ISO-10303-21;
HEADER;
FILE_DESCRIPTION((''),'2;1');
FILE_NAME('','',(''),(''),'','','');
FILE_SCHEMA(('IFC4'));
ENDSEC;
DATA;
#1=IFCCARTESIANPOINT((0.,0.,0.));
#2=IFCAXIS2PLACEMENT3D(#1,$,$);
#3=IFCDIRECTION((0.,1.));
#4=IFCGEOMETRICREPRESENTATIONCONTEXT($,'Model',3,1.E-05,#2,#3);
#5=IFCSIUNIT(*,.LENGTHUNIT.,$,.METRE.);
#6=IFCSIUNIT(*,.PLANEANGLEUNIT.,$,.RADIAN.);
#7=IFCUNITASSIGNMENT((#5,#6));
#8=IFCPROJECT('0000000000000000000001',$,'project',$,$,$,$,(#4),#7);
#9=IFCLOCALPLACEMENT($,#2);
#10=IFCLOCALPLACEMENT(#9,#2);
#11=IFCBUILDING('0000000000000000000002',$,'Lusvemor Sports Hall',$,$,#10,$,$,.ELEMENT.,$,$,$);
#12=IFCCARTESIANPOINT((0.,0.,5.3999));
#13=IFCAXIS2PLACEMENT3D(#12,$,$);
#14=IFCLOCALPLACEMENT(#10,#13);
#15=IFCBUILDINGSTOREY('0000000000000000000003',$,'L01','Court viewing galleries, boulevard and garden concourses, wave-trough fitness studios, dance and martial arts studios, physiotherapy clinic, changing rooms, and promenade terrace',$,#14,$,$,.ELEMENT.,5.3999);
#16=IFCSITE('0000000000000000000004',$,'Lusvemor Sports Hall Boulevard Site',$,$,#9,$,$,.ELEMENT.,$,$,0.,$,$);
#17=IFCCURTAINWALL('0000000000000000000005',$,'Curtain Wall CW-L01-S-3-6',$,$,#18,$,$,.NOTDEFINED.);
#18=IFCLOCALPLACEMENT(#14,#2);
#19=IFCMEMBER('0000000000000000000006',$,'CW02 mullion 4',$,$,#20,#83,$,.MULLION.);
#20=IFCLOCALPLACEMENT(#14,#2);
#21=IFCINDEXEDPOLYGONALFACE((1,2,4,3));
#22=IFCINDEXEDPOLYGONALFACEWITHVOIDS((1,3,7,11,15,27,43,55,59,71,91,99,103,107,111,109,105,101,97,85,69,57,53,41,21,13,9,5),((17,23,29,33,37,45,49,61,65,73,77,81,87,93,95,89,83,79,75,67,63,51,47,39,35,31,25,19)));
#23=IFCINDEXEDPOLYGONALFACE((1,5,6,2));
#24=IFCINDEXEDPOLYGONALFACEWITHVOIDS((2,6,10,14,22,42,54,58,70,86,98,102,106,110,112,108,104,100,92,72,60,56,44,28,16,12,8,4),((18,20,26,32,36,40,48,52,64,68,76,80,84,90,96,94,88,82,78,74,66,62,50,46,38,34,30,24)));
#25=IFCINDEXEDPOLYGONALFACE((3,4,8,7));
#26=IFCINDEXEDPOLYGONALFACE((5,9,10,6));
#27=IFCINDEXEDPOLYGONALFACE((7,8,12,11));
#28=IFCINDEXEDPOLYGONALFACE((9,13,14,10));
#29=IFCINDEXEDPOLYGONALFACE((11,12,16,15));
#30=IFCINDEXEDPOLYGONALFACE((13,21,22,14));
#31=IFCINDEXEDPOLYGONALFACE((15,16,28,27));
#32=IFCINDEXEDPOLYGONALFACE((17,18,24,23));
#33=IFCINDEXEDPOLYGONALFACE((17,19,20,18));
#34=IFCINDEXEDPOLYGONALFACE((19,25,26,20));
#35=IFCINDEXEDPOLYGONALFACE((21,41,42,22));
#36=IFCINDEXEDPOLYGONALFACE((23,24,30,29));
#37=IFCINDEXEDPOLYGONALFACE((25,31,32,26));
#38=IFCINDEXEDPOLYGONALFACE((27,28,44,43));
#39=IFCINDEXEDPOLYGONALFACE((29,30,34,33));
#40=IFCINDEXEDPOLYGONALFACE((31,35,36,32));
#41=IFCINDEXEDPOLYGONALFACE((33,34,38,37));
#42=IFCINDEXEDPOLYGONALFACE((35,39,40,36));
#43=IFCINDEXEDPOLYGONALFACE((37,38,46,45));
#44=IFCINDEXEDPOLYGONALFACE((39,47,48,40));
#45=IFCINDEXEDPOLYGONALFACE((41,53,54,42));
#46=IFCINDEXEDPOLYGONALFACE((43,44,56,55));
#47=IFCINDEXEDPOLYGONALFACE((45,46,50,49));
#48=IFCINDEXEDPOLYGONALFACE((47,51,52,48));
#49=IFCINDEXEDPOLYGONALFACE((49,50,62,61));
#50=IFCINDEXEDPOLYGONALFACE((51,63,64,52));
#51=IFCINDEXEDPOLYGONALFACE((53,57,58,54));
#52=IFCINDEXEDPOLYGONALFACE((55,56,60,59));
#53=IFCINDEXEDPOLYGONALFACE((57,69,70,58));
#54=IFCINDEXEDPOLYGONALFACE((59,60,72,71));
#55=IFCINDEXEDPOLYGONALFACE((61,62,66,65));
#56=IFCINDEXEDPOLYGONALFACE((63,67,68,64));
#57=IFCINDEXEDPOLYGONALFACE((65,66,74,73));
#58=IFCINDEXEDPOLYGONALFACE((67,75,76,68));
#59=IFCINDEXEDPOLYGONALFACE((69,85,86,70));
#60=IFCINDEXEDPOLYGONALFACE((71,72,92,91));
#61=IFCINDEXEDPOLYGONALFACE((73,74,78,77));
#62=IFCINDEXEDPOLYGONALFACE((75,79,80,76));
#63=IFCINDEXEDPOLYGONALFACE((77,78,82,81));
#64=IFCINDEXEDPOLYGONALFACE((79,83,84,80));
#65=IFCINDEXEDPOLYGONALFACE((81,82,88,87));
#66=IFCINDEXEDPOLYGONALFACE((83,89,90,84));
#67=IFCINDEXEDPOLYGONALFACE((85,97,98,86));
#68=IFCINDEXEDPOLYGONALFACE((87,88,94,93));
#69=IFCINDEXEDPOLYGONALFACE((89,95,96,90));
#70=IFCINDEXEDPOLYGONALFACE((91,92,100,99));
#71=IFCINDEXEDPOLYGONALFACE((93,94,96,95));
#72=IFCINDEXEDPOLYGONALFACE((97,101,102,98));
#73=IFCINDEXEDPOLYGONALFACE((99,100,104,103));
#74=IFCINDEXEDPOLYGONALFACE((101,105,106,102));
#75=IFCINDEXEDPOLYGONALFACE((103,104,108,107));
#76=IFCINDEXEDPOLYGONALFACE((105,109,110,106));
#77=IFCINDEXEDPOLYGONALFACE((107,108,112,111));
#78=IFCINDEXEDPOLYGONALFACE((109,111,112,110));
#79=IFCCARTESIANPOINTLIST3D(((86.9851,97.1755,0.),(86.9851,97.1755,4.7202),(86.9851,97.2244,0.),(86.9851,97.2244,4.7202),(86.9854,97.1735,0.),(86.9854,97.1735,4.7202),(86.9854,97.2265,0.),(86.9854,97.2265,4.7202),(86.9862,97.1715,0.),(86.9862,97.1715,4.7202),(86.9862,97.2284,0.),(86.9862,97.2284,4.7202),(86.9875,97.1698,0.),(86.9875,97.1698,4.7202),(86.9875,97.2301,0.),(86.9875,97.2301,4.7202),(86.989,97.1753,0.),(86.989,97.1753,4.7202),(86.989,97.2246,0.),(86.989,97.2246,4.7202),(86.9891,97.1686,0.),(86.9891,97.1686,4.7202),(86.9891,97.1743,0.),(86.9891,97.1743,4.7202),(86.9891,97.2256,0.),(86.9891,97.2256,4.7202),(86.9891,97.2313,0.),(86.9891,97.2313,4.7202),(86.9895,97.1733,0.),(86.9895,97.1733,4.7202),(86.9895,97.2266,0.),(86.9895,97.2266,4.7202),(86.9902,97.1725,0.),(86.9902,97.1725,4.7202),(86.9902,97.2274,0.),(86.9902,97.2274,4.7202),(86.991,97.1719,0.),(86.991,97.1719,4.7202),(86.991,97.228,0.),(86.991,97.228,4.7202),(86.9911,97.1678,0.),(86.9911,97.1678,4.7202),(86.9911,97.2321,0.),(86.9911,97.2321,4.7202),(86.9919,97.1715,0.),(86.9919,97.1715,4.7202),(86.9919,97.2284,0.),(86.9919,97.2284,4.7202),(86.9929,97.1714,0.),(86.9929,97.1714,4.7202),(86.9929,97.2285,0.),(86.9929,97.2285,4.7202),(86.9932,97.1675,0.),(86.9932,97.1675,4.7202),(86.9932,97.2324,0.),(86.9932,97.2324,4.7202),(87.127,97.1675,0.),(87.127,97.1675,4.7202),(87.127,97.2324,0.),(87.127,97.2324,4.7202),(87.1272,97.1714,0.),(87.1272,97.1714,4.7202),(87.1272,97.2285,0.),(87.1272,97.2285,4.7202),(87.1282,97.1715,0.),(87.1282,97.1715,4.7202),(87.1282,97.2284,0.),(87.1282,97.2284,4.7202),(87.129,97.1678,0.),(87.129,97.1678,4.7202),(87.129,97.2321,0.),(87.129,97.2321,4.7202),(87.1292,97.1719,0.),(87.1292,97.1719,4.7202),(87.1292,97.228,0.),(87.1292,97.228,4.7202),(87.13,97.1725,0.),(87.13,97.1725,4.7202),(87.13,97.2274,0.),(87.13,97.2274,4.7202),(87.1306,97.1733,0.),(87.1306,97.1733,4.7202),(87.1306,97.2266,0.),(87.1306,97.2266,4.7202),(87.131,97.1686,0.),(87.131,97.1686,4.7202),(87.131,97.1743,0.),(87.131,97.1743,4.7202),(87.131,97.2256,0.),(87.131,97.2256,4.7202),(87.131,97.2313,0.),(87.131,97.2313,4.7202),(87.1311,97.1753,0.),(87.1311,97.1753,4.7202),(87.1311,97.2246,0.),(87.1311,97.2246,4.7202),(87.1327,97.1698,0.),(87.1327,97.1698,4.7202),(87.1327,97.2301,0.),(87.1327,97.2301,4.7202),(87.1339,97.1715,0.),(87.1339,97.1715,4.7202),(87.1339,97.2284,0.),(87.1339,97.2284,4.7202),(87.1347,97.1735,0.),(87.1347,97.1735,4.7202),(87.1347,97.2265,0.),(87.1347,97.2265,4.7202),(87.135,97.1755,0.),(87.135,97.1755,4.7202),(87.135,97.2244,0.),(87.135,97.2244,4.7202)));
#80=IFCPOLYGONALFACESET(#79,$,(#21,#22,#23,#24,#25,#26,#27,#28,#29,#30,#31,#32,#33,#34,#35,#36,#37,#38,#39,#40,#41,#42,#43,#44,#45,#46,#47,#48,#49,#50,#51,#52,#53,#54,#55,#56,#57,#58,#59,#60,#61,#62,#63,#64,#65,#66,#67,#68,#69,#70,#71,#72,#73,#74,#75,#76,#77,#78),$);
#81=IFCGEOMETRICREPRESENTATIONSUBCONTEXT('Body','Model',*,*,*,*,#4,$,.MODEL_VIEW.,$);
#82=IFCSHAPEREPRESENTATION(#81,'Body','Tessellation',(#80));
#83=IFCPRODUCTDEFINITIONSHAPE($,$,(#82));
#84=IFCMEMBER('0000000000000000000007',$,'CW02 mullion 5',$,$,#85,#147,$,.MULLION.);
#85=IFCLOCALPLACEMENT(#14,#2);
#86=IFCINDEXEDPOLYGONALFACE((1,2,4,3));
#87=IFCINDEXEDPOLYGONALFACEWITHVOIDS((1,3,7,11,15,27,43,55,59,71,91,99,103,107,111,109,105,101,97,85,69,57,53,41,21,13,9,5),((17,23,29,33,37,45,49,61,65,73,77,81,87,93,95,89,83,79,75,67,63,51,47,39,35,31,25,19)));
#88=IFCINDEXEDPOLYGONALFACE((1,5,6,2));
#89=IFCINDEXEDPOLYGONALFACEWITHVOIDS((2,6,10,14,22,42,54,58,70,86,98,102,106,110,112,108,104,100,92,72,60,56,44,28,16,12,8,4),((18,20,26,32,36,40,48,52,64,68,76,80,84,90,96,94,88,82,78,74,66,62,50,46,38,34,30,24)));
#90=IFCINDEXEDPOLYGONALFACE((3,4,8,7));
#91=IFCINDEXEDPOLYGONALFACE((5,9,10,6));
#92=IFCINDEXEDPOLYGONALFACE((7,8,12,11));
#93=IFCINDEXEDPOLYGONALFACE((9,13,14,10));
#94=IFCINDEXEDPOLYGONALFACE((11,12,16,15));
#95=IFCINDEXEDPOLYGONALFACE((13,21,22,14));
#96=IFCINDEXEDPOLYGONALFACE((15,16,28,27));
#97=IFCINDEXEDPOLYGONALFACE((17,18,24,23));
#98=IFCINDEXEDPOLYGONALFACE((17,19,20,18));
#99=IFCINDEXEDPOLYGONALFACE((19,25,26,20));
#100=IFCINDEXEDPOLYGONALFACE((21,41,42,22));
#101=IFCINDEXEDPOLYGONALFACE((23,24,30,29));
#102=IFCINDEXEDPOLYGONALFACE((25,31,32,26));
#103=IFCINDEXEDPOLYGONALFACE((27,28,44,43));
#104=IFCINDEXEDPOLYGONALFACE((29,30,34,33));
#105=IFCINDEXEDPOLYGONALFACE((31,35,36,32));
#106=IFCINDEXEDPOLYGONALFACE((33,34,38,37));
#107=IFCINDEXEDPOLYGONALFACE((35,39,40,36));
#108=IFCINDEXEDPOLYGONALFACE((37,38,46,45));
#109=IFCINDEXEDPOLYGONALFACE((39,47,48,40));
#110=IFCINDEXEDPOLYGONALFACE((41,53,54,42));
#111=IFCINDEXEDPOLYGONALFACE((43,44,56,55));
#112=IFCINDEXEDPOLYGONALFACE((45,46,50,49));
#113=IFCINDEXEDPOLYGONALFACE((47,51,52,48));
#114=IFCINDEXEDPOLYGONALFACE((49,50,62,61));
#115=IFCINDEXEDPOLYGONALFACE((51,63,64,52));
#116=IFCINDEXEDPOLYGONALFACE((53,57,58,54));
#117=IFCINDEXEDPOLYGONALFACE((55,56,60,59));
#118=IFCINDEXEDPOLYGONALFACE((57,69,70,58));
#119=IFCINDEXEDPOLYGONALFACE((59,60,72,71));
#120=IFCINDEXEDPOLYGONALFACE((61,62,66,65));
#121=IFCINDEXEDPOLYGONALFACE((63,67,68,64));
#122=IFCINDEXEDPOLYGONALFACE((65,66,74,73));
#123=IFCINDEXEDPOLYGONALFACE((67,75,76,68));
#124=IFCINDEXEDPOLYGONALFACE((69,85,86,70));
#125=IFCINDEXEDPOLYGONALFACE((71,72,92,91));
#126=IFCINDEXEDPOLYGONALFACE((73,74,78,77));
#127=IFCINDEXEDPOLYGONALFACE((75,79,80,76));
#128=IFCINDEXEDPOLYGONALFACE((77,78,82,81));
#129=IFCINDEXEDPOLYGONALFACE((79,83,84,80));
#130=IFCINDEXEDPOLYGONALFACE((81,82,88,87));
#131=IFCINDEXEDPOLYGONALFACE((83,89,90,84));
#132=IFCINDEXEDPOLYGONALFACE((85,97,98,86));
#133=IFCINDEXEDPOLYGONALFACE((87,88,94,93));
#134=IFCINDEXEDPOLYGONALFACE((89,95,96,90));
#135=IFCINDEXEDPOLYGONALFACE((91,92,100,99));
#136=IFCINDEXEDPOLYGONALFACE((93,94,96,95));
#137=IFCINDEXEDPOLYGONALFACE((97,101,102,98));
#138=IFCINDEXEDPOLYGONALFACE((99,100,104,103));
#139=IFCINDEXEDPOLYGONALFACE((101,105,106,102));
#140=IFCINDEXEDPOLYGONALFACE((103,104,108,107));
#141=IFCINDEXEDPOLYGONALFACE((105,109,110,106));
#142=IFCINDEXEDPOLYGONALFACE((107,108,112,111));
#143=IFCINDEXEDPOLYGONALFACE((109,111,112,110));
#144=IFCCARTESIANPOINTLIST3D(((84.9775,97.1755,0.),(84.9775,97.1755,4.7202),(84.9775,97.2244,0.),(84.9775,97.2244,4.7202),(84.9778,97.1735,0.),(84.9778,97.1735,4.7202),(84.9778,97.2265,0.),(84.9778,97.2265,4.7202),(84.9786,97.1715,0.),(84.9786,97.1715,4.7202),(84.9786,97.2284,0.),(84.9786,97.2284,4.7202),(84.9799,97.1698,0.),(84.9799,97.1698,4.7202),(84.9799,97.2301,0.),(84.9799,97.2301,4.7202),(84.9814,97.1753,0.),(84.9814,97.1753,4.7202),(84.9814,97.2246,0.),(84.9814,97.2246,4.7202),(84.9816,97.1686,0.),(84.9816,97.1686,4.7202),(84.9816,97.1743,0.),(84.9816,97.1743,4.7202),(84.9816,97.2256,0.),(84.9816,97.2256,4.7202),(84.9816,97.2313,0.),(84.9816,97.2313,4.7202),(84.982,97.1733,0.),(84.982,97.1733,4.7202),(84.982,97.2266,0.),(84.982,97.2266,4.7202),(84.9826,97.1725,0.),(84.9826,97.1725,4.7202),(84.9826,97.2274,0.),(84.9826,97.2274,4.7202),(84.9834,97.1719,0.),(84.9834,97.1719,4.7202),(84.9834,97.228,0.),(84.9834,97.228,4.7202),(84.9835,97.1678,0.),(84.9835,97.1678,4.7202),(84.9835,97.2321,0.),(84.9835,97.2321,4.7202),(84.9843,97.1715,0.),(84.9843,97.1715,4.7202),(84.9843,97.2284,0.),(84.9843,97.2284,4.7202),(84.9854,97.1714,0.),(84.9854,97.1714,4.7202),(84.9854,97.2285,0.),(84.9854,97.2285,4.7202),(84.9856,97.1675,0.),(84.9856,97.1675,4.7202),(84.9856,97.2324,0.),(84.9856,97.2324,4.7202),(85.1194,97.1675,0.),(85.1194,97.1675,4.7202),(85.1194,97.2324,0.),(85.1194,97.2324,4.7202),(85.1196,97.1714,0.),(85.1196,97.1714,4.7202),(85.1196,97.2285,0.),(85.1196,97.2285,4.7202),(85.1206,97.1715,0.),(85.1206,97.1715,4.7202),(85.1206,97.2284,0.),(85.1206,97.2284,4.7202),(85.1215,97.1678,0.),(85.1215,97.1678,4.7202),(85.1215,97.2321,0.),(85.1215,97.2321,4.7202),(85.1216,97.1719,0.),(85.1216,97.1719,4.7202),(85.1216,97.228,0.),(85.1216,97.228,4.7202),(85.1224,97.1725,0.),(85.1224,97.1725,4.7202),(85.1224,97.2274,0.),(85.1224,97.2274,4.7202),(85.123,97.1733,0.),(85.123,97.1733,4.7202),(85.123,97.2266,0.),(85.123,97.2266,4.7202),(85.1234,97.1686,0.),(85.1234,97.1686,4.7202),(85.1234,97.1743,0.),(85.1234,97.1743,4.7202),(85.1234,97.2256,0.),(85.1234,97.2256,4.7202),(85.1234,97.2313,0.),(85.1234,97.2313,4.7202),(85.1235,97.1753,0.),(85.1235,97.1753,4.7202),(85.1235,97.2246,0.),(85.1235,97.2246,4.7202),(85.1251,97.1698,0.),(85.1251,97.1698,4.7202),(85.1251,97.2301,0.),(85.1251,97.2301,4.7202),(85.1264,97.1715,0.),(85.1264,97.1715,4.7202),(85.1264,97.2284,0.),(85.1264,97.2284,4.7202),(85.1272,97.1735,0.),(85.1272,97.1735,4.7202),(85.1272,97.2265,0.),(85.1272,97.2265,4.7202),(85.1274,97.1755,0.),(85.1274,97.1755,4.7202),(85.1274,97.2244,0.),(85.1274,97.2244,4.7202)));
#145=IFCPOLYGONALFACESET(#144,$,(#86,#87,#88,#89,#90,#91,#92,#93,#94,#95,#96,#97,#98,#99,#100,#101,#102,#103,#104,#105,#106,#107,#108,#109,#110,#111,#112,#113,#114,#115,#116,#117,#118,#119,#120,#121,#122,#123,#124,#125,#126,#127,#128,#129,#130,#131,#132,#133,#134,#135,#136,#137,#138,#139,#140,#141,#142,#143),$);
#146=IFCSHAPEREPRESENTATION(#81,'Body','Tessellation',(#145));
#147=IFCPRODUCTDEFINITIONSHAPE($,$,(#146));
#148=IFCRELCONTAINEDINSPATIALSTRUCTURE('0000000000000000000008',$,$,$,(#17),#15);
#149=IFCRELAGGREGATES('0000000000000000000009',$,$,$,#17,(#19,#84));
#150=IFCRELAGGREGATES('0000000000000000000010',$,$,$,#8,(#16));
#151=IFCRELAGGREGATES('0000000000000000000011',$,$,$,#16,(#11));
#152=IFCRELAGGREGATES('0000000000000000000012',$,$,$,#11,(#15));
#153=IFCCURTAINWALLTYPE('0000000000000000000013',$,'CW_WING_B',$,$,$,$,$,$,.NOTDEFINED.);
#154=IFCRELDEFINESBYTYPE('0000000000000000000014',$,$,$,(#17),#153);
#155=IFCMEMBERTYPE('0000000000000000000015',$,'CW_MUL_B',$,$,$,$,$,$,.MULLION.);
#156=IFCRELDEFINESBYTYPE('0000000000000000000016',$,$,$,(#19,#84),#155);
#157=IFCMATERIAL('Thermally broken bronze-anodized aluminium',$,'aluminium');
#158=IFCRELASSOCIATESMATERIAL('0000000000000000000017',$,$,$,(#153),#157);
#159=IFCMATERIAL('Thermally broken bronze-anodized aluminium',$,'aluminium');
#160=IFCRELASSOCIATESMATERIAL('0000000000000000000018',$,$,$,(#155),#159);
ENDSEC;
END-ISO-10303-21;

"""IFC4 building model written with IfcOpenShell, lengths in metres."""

from ifc_helpers import new_model, si_unit, direction, frame, origin, origin_2d, place, context, subcontext, project, spatial, hollow_rectangle, extrude, material, material_profile, profile_set, type_object, element, aggregate, save


model = new_model("IFC4")

# Units and contexts
model_context = context("Model", 3, precision=1e-05, world=origin(), true_north=direction((0.0, 1.0)))
body_context = subcontext(model_context, "Body", "Model", "MODEL_VIEW")
ifc_project = project(units=[si_unit("LENGTHUNIT", "METRE"), si_unit("PLANEANGLEUNIT", "RADIAN")], contexts=[model_context])

# Site, building, storey
site_placement = place(None, origin())
site = spatial("IfcSite", under=ifc_project, at=site_placement, Name="Lusvemor Sports Hall Boulevard Site", CompositionType="ELEMENT", RefElevation=0.0)
building_placement = place(site_placement, origin())
building = spatial("IfcBuilding", under=site, at=building_placement, Name="Lusvemor Sports Hall", CompositionType="ELEMENT")
storey_placement = place(building_placement, frame((0.0, 0.0, 5.3999)))
storey = spatial("IfcBuildingStorey", under=building, at=storey_placement, Name="L01", Description="Court viewing galleries, boulevard and garden concourses, wave-trough fitness studios, dance and martial arts studios, physiotherapy clinic, changing rooms, and promenade terrace", CompositionType="ELEMENT", Elevation=5.3999)

# Curtain wall, members
ifc_material_1 = material(Name="Thermally broken bronze-anodized aluminium", Category="aluminium")
curtain_wall_type = type_object("IfcCurtainWallType", Name="CW_WING_B", PredefinedType="NOTDEFINED", material=ifc_material_1)
ifc_material_2 = material(Name="Thermally broken bronze-anodized aluminium", Category="aluminium")
ifc_material_profile_1 = material_profile(ifc_material_2, hollow_rectangle(XDim=0.0649, YDim=0.1499, WallThickness=0.0039, InnerFilletRadius=0.0039, OuterFilletRadius=0.0081, at=origin_2d()), Name="CWMUL150x65x4")
ifc_profile_set_1 = profile_set([ifc_material_profile_1], Name="Thermally broken bronze-anodized aluminium")
member_type_1 = type_object("IfcMemberType", Name="CW_MUL_B", PredefinedType="MULLION", material=ifc_profile_set_1)
curtain_wall_1_placement = place(storey_placement, origin())
curtain_wall_1 = element("IfcCurtainWall", 1, at=curtain_wall_1_placement, inside=storey, type_object=curtain_wall_type, Name="Curtain Wall CW-L01-S-3-6", PredefinedType="NOTDEFINED")
member_1_placement = place(storey_placement, frame((87.0601, 97.2, 0.0), z_axis=(0.0, 0.0, 1.0), x_axis=(0.0, -1.0, 0.0)))
member_1 = element("IfcMember", 2, at=member_1_placement, type_object=member_type_1, Name="CW02 mullion 4", PredefinedType="MULLION", context=body_context, shape_type="SweptSolid", body=[
    extrude(hollow_rectangle(XDim=0.0649, YDim=0.1499, WallThickness=0.0039, InnerFilletRadius=0.0039, OuterFilletRadius=0.0081, at=origin_2d()), origin(), (0.0, 0.0, 1.0), 4.7202),
])
member_2_placement = place(storey_placement, frame((85.0525, 97.2, 0.0), z_axis=(0.0, 0.0, 1.0), x_axis=(0.0, -1.0, 0.0)))
member_2 = element("IfcMember", 3, at=member_2_placement, type_object=member_type_1, Name="CW02 mullion 5", PredefinedType="MULLION", context=body_context, shape_type="SweptSolid", body=[
    extrude(hollow_rectangle(XDim=0.0649, YDim=0.1499, WallThickness=0.0039, InnerFilletRadius=0.0039, OuterFilletRadius=0.0081, at=origin_2d()), origin(), (0.0, 0.0, 1.0), 4.7202),
])

aggregate(curtain_wall_1, [member_1, member_2])

save(model, "model.ifc")
